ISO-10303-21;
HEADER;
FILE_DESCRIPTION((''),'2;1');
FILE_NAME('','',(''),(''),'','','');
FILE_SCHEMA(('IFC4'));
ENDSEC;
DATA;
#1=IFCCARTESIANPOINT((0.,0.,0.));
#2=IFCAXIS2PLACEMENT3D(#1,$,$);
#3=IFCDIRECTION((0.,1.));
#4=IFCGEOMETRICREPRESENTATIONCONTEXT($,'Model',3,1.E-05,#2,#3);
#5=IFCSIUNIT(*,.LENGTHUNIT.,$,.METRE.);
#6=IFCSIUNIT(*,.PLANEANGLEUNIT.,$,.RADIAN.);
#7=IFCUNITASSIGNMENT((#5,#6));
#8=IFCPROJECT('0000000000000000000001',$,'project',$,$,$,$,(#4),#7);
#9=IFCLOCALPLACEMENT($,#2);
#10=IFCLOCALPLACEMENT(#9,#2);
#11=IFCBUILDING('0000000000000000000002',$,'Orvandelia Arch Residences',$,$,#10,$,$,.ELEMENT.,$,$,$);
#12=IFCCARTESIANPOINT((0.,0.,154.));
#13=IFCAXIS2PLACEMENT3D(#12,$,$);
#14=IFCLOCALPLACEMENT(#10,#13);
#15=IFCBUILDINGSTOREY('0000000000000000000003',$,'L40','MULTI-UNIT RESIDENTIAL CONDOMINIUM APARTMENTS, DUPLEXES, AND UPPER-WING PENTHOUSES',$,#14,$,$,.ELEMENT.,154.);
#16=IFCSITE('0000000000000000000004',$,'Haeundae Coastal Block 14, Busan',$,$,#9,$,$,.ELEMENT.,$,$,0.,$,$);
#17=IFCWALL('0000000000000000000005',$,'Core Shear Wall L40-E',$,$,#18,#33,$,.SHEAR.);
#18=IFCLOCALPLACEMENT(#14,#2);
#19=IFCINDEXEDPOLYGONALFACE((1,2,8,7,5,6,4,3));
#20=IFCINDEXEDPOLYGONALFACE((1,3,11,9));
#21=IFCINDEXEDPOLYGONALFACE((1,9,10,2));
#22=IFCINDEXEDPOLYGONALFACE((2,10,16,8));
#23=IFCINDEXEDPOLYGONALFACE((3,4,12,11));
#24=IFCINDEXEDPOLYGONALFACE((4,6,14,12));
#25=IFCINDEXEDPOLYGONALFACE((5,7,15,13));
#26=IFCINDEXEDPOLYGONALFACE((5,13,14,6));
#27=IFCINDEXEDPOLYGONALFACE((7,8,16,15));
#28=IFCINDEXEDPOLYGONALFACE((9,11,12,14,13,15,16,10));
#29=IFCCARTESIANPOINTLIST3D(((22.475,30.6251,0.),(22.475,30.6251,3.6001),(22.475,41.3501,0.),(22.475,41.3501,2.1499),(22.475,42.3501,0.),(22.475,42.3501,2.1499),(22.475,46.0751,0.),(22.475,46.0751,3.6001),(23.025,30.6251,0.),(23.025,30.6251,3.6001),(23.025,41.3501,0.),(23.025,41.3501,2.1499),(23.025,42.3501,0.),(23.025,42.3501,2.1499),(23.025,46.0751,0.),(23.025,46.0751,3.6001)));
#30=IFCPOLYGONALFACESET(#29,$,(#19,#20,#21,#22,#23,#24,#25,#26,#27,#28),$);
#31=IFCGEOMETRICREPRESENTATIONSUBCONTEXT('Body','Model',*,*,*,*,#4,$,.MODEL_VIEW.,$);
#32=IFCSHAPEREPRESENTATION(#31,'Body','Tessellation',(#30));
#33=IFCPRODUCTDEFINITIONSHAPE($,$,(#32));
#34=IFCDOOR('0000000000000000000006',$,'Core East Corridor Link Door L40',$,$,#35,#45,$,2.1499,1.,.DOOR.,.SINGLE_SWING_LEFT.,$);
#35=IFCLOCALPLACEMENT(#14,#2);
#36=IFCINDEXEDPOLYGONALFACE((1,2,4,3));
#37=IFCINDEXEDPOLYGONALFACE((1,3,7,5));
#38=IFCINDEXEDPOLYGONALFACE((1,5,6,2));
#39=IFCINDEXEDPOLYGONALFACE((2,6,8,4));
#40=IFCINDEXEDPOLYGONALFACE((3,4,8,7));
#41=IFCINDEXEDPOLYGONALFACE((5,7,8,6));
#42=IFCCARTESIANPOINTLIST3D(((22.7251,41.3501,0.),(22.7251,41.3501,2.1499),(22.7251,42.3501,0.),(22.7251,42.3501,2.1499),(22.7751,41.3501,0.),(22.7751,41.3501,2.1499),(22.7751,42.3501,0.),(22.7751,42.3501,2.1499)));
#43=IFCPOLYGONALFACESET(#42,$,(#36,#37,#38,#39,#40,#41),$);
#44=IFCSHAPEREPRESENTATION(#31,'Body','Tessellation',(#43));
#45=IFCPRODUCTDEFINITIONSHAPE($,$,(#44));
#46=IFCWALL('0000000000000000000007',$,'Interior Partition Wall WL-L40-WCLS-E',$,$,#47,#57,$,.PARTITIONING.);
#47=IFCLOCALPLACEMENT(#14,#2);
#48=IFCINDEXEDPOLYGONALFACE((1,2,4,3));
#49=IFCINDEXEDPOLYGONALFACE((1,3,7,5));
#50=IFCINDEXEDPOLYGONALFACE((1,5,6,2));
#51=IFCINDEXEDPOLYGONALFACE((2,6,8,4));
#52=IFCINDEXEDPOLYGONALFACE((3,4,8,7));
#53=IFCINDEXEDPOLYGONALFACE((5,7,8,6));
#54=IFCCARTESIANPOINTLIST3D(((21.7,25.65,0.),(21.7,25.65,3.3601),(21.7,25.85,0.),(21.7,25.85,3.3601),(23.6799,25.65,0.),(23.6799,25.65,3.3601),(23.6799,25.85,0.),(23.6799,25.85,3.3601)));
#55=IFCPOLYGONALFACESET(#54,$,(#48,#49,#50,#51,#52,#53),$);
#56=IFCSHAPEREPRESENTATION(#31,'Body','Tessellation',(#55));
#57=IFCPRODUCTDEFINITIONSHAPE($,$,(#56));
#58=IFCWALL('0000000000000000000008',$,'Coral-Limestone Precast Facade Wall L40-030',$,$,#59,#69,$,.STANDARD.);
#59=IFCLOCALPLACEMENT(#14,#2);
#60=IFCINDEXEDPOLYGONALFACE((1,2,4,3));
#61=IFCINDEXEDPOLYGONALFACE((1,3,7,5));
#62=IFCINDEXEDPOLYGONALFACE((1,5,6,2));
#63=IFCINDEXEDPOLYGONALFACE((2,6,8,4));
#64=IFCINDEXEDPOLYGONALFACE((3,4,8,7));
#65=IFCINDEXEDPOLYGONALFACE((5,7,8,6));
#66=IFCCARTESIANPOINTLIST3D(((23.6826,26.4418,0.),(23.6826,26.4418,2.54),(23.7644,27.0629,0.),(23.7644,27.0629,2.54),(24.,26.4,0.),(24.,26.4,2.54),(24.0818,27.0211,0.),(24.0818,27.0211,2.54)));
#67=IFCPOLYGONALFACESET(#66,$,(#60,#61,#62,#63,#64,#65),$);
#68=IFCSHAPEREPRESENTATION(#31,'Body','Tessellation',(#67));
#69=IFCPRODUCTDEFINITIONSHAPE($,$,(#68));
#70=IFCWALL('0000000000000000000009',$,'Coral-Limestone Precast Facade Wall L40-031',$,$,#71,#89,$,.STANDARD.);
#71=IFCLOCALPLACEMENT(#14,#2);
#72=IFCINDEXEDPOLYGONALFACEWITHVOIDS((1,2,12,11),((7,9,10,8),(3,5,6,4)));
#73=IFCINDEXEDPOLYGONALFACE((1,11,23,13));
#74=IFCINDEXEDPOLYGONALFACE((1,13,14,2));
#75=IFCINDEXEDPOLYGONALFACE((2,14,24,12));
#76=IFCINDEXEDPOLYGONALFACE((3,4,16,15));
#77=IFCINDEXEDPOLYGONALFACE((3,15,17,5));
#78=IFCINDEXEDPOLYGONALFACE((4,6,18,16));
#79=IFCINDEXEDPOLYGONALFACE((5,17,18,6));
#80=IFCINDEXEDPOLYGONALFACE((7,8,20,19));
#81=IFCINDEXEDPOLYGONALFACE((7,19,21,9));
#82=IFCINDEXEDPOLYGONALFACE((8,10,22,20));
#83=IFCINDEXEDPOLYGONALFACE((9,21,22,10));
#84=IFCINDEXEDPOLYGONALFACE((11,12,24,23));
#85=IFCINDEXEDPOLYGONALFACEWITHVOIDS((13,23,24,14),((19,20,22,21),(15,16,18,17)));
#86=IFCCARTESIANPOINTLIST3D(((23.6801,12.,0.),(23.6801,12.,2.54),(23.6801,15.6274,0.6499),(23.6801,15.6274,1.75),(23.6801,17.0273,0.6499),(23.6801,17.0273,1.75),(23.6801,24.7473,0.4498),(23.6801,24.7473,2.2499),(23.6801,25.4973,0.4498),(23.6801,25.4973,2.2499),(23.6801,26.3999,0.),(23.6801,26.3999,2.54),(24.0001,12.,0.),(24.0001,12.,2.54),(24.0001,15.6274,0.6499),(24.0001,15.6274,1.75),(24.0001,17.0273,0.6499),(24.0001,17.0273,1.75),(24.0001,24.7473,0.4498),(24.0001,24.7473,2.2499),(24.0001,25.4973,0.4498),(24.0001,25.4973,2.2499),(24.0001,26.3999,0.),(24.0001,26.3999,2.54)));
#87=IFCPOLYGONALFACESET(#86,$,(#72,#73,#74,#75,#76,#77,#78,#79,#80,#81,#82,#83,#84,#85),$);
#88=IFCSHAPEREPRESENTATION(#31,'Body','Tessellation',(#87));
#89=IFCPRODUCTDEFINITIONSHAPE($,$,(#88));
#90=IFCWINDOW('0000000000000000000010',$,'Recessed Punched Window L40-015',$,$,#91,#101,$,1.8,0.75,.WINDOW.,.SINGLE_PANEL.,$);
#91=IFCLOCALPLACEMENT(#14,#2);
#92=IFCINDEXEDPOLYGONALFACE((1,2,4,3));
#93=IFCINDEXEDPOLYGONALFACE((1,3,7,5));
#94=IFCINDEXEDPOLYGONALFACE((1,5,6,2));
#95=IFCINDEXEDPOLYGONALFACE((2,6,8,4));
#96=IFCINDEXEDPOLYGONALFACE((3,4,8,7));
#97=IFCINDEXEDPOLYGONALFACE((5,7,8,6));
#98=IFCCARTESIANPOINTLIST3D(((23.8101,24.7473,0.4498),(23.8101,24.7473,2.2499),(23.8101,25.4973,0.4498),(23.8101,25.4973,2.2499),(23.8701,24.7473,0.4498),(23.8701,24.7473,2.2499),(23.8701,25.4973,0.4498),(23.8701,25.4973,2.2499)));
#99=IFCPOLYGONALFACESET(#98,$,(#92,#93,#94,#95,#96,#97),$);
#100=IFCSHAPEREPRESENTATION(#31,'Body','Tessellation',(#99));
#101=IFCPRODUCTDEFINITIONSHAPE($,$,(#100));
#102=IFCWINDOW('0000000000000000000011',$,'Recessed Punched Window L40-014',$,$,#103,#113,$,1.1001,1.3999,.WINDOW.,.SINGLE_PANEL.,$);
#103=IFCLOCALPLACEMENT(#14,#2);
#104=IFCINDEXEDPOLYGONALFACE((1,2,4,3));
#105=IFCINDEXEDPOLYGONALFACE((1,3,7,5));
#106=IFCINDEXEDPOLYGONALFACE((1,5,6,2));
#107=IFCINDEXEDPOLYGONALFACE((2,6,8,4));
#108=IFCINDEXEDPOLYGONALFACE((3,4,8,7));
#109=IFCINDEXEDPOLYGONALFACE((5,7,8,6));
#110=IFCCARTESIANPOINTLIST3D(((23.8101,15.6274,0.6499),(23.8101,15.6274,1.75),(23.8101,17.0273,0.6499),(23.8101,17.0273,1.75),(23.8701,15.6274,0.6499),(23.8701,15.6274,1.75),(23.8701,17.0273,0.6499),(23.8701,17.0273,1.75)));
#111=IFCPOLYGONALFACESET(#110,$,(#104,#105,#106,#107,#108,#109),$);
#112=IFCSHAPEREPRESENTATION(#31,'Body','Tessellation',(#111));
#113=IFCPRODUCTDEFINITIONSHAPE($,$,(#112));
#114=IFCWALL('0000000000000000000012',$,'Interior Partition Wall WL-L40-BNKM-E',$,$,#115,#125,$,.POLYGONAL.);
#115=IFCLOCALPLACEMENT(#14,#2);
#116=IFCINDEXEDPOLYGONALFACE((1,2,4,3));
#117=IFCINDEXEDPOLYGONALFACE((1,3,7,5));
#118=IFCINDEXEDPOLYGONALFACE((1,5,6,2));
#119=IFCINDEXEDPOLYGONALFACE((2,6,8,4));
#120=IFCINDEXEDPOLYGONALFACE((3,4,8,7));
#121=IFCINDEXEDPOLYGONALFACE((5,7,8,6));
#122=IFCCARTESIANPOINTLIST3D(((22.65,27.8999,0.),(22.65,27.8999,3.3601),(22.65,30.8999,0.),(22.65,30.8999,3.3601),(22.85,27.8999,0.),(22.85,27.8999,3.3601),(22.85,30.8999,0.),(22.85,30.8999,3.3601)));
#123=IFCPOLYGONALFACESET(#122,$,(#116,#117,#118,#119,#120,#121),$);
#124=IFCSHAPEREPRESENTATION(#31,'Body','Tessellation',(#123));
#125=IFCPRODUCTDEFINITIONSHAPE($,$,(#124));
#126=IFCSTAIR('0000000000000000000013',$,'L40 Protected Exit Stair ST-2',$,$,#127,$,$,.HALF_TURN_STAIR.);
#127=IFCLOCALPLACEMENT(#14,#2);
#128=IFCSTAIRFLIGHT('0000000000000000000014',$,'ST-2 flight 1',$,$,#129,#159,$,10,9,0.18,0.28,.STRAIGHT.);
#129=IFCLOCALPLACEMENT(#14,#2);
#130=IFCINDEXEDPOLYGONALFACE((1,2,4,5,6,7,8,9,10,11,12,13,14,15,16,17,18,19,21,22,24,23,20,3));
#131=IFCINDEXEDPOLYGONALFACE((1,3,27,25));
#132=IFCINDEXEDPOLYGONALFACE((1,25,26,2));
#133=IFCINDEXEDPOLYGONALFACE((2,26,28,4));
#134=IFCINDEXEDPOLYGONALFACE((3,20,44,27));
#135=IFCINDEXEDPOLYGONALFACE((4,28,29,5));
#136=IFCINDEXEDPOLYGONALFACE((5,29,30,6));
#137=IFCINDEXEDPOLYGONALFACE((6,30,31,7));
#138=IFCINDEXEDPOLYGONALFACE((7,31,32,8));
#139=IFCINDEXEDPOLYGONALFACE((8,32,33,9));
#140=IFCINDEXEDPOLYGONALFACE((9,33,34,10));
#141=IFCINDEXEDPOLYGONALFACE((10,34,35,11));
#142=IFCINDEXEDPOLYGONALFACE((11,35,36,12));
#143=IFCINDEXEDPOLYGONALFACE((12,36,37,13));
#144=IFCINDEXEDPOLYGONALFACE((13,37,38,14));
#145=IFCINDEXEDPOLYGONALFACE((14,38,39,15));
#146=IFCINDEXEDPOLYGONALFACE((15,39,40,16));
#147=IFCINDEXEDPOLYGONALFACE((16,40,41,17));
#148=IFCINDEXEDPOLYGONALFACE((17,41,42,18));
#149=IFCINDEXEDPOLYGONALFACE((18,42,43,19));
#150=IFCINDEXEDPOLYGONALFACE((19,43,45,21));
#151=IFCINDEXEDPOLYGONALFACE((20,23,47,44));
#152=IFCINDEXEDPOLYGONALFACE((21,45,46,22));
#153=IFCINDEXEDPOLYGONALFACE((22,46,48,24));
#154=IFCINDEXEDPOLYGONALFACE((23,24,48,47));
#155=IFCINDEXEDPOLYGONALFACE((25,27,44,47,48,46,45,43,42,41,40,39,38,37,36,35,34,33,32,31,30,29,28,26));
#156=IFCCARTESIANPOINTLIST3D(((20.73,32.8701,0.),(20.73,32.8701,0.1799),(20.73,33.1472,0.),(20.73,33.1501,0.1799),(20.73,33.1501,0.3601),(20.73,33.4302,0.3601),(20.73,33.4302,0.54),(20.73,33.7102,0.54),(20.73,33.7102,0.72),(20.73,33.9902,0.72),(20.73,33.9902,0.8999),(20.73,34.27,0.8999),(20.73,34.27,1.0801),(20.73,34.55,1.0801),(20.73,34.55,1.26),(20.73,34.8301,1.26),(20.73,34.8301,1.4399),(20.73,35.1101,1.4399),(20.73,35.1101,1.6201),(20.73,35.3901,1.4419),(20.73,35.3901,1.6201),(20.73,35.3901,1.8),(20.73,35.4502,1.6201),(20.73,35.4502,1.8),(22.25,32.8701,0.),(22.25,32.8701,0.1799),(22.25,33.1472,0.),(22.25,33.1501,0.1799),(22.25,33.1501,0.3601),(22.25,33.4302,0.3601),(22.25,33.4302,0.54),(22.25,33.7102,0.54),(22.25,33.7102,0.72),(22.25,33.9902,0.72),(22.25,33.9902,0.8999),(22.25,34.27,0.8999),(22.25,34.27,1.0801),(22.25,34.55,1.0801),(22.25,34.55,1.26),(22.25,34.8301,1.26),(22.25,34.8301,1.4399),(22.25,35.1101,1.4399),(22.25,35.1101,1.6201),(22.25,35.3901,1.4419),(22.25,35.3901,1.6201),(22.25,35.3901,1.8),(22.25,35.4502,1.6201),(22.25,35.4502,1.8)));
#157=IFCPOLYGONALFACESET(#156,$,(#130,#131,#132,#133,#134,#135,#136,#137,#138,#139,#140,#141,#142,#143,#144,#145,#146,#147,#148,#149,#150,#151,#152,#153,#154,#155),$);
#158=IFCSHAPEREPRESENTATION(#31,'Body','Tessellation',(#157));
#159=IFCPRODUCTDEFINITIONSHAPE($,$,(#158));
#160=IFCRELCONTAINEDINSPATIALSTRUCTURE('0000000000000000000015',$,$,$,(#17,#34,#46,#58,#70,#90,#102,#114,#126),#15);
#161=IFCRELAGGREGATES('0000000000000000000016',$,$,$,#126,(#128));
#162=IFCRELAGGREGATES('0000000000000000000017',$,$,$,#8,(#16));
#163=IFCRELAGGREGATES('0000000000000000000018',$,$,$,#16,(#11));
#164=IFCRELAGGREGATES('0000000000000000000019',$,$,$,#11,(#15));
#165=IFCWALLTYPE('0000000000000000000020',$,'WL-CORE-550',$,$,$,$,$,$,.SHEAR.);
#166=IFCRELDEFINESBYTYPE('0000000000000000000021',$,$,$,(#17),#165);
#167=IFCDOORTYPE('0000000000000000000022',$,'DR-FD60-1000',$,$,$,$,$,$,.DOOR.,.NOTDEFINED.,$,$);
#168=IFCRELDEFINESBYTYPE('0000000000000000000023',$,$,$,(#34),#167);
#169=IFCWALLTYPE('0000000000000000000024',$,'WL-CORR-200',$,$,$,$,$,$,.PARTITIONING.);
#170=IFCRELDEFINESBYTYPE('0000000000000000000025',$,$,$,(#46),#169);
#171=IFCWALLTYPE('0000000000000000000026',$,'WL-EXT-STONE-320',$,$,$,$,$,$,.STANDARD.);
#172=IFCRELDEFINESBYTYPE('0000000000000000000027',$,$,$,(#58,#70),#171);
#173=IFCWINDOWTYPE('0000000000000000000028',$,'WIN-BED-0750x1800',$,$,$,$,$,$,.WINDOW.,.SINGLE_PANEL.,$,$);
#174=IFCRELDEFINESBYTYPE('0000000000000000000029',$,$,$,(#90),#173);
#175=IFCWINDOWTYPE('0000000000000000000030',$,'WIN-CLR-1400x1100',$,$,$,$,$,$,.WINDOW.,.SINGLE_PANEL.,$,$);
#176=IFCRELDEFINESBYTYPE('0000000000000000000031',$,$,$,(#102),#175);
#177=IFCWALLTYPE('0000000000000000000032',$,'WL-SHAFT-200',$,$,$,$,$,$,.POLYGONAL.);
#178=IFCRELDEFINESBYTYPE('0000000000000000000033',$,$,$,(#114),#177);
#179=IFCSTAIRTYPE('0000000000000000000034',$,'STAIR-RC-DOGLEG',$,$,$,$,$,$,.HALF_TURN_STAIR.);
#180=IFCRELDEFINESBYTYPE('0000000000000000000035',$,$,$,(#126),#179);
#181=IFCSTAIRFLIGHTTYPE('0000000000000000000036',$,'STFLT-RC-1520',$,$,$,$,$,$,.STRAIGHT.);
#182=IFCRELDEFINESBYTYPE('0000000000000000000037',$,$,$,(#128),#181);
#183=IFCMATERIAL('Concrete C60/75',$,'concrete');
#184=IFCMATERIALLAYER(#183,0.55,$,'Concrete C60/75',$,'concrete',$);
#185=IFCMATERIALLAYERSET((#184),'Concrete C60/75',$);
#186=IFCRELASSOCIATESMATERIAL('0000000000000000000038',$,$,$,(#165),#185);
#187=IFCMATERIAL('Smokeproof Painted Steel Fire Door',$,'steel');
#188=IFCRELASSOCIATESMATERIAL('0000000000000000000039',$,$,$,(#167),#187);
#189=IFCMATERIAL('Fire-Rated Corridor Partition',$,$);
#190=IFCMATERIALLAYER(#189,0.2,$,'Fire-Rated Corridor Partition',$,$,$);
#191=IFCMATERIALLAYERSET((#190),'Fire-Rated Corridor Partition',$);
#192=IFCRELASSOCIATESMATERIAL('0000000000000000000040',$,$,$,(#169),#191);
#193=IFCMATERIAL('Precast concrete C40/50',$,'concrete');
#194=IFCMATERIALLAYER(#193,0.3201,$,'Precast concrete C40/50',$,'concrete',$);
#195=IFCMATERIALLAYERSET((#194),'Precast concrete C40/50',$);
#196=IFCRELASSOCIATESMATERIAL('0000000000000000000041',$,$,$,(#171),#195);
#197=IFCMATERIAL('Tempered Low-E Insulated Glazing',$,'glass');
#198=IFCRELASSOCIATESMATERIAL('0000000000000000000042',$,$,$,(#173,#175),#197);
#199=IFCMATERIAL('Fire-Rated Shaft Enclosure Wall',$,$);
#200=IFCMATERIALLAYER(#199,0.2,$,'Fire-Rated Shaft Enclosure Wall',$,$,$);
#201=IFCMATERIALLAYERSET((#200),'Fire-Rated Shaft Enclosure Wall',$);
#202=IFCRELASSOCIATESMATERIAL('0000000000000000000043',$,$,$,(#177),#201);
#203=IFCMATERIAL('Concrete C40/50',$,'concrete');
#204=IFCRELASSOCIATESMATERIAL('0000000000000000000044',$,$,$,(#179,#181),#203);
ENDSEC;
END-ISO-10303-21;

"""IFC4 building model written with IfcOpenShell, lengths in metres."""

from ifc_helpers import new_model, si_unit, direction, frame, frame_2d, origin, place, context, subcontext, project, spatial, polyline, rectangle, outline, extrude, material, layer, layer_set, type_object, element, fill, aggregate, save


model = new_model("IFC4")

# Units and contexts
model_context = context("Model", 3, precision=1e-05, world=origin(), true_north=direction((0.0, 1.0)))
body_context = subcontext(model_context, "Body", "Model", "MODEL_VIEW")
ifc_project = project(units=[si_unit("LENGTHUNIT", "METRE"), si_unit("PLANEANGLEUNIT", "RADIAN")], contexts=[model_context])

# Site, building, storey
site_placement = place(None, origin())
site = spatial("IfcSite", under=ifc_project, at=site_placement, Name="Haeundae Coastal Block 14, Busan", CompositionType="ELEMENT", RefElevation=0.0)
building_placement = place(site_placement, origin())
building = spatial("IfcBuilding", under=site, at=building_placement, Name="Orvandelia Arch Residences", CompositionType="ELEMENT")
storey_placement = place(building_placement, frame((0.0, 0.0, 154.0)))
storey = spatial("IfcBuildingStorey", under=building, at=storey_placement, Name="L40", Description="MULTI-UNIT RESIDENTIAL CONDOMINIUM APARTMENTS, DUPLEXES, AND UPPER-WING PENTHOUSES", CompositionType="ELEMENT", Elevation=154.0)

# Shared definitions
ifc_material_1 = material(Name="Concrete C60/75", Category="concrete")

# Wall, opening, door
ifc_layer_1 = layer(ifc_material_1, 0.55, Name="Concrete C60/75", Category="concrete")
ifc_layer_set_1 = layer_set([ifc_layer_1], Name="Concrete C60/75")
wall_type_1 = type_object("IfcWallType", Name="WL-CORE-550", PredefinedType="SHEAR", material=ifc_layer_set_1)
wall_1_placement = place(storey_placement, frame((22.75, 30.625, 0.0), z_axis=(0.0, 0.0, 1.0), x_axis=(0.0, 1.0, 0.0)))
wall_1 = element("IfcWall", 1, at=wall_1_placement, inside=storey, type_object=wall_type_1, Name="Core Shear Wall L40-E", PredefinedType="SHEAR", context=body_context, shape_type="SweptSolid", body=[
    extrude(rectangle(XDim=15.45, YDim=0.55, at=frame_2d((7.7251, 0.0))), origin(), (0.0, 0.0, 1.0), 3.6001),
])
opening_1_placement = place(wall_1_placement, frame((10.7251, 0.0, 0.0)))
opening_1 = element("IfcOpeningElement", 2, at=opening_1_placement, cuts=wall_1, PredefinedType="OPENING", context=body_context, shape_type="SweptSolid", body=[
    extrude(rectangle(XDim=1.0, YDim=2.1499, at=frame_2d((0.5, 1.075))), frame((0.0, 0.2852, 0.0), z_axis=(0.0, -1.0, 0.0), x_axis=(1.0, 0.0, 0.0)), (0.0, 0.0, 1.0), 0.5701),
])
ifc_material_2 = material(Name="Smokeproof Painted Steel Fire Door", Category="steel")
door_type = type_object("IfcDoorType", Name="DR-FD60-1000", OperationType="NOTDEFINED", PredefinedType="DOOR", material=ifc_material_2)
door_placement = place(opening_1_placement, origin())
door = element("IfcDoor", 3, at=door_placement, inside=storey, type_object=door_type, Name="Core East Corridor Link Door L40", OperationType="SINGLE_SWING_LEFT", OverallHeight=2.1499, OverallWidth=1.0, PredefinedType="DOOR", context=body_context, shape_type="SweptSolid", body=[
    extrude(rectangle(XDim=1.0, YDim=2.1499, at=frame_2d((0.5, 1.075))), frame((0.0, 0.0249, 0.0), z_axis=(0.0, -1.0, 0.0), x_axis=(1.0, 0.0, 0.0)), (0.0, 0.0, 1.0), 0.05),
])
fill(opening_1, door)

# Walls
ifc_material_3 = material(Name="Fire-Rated Corridor Partition")
ifc_layer_2 = layer(ifc_material_3, 0.2, Name="Fire-Rated Corridor Partition")
ifc_layer_set_2 = layer_set([ifc_layer_2], Name="Fire-Rated Corridor Partition")
wall_type_2 = type_object("IfcWallType", Name="WL-CORR-200", PredefinedType="PARTITIONING", material=ifc_layer_set_2)
wall_2_placement = place(storey_placement, frame((21.7, 25.75, 0.0), z_axis=(0.0, 0.0, 1.0), x_axis=(1.0, 0.0, 0.0)))
element("IfcWall", 4, at=wall_2_placement, inside=storey, type_object=wall_type_2, Name="Interior Partition Wall WL-L40-WCLS-E", PredefinedType="PARTITIONING", context=body_context, shape_type="SweptSolid", body=[
    extrude(rectangle(XDim=1.98, YDim=0.2, at=frame_2d((0.99, 0.0))), origin(), (0.0, 0.0, 1.0), 3.3601),
])
ifc_material_4 = material(Name="Precast concrete C40/50", Category="concrete")
ifc_layer_3 = layer(ifc_material_4, 0.3201, Name="Precast concrete C40/50", Category="concrete")
ifc_layer_set_3 = layer_set([ifc_layer_3], Name="Precast concrete C40/50")
wall_type_3 = type_object("IfcWallType", Name="WL-EXT-STONE-320", PredefinedType="STANDARD", material=ifc_layer_set_3)
wall_3_placement = place(storey_placement, frame((23.9231, 27.042, 0.0), z_axis=(0.0, 0.0, 1.0), x_axis=(-0.130555, -0.991441, 0.0)))
element("IfcWall", 5, at=wall_3_placement, inside=storey, type_object=wall_type_3, Name="Coral-Limestone Precast Facade Wall L40-030", PredefinedType="STANDARD", context=body_context, shape_type="SweptSolid", body=[
    extrude(rectangle(XDim=0.6265, YDim=0.3201, at=frame_2d((0.3132, 0.0))), origin(), (0.0, 0.0, 1.0), 2.54),
])

# Wall, openings, windows
wall_4_placement = place(storey_placement, frame((23.8401, 26.3999, 0.0), z_axis=(0.0, 0.0, 1.0), x_axis=(0.0, -1.0, 0.0)))
wall_4 = element("IfcWall", 6, at=wall_4_placement, inside=storey, type_object=wall_type_3, Name="Coral-Limestone Precast Facade Wall L40-031", PredefinedType="STANDARD", context=body_context, shape_type="SweptSolid", body=[
    extrude(rectangle(XDim=14.3999, YDim=0.3201, at=frame_2d((7.2, 0.0))), origin(), (0.0, 0.0, 1.0), 2.54),
])
opening_2_placement = place(wall_4_placement, frame((9.3726, 0.0, 0.6499)))
opening_2 = element("IfcOpeningElement", 7, at=opening_2_placement, cuts=wall_4, PredefinedType="OPENING", context=body_context, shape_type="SweptSolid", body=[
    extrude(rectangle(XDim=1.3999, YDim=1.1001, at=frame_2d((0.7, 0.55))), frame((0.0, 0.1699, 0.0), z_axis=(0.0, -1.0, 0.0), x_axis=(1.0, 0.0, 0.0)), (0.0, 0.0, 1.0), 0.3401),
])
opening_3_placement = place(wall_4_placement, frame((0.9026, 0.0, 0.45)))
opening_3 = element("IfcOpeningElement", 8, at=opening_3_placement, cuts=wall_4, PredefinedType="OPENING", context=body_context, shape_type="SweptSolid", body=[
    extrude(rectangle(XDim=0.75, YDim=1.8, at=frame_2d((0.375, 0.8999))), frame((0.0, 0.1699, 0.0), z_axis=(0.0, -1.0, 0.0), x_axis=(1.0, 0.0, 0.0)), (0.0, 0.0, 1.0), 0.3401),
])
ifc_material_5 = material(Name="Tempered Low-E Insulated Glazing", Category="glass")
window_type_1 = type_object("IfcWindowType", Name="WIN-BED-0750x1800", PartitioningType="SINGLE_PANEL", PredefinedType="WINDOW", material=ifc_material_5)
window_1_placement = place(opening_3_placement, origin())
window_1 = element("IfcWindow", 9, at=window_1_placement, inside=storey, type_object=window_type_1, Name="Recessed Punched Window L40-015", OverallHeight=1.8, OverallWidth=0.75, PartitioningType="SINGLE_PANEL", PredefinedType="WINDOW", context=body_context, shape_type="SweptSolid", body=[
    extrude(rectangle(XDim=0.75, YDim=1.8, at=frame_2d((0.375, 0.8999))), frame((0.0, 0.03, 0.0), z_axis=(0.0, -1.0, 0.0), x_axis=(1.0, 0.0, 0.0)), (0.0, 0.0, 1.0), 0.0601),
])
fill(opening_3, window_1)
window_type_2 = type_object("IfcWindowType", Name="WIN-CLR-1400x1100", PartitioningType="SINGLE_PANEL", PredefinedType="WINDOW", material=ifc_material_5)
window_2_placement = place(opening_2_placement, origin())
window_2 = element("IfcWindow", 10, at=window_2_placement, inside=storey, type_object=window_type_2, Name="Recessed Punched Window L40-014", OverallHeight=1.1001, OverallWidth=1.3999, PartitioningType="SINGLE_PANEL", PredefinedType="WINDOW", context=body_context, shape_type="SweptSolid", body=[
    extrude(rectangle(XDim=1.3999, YDim=1.1001, at=frame_2d((0.7, 0.55))), frame((0.0, 0.03, 0.0), z_axis=(0.0, -1.0, 0.0), x_axis=(1.0, 0.0, 0.0)), (0.0, 0.0, 1.0), 0.0601),
])
fill(opening_2, window_2)

# Wall
ifc_material_6 = material(Name="Fire-Rated Shaft Enclosure Wall")
ifc_layer_4 = layer(ifc_material_6, 0.2, Name="Fire-Rated Shaft Enclosure Wall")
ifc_layer_set_4 = layer_set([ifc_layer_4], Name="Fire-Rated Shaft Enclosure Wall")
wall_type_4 = type_object("IfcWallType", Name="WL-SHAFT-200", PredefinedType="POLYGONAL", material=ifc_layer_set_4)
wall_5_placement = place(storey_placement, frame((22.75, 27.8999, 0.0), z_axis=(0.0, 0.0, 1.0), x_axis=(0.0, 1.0, 0.0)))
element("IfcWall", 11, at=wall_5_placement, inside=storey, type_object=wall_type_4, Name="Interior Partition Wall WL-L40-BNKM-E", PredefinedType="POLYGONAL", context=body_context, shape_type="SweptSolid", body=[
    extrude(rectangle(XDim=3.0, YDim=0.2, at=frame_2d((1.5, 0.0))), origin(), (0.0, 0.0, 1.0), 3.3601),
])

# Stair, stair flight
ifc_material_7 = material(Name="Concrete C40/50", Category="concrete")
stair_type = type_object("IfcStairType", Name="STAIR-RC-DOGLEG", PredefinedType="HALF_TURN_STAIR", material=ifc_material_7)
stair_placement = place(storey_placement, origin())
stair = element("IfcStair", 12, at=stair_placement, inside=storey, type_object=stair_type, Name="L40 Protected Exit Stair ST-2", PredefinedType="HALF_TURN_STAIR")
stair_flight_type = type_object("IfcStairFlightType", Name="STFLT-RC-1520", PredefinedType="STRAIGHT", material=ifc_material_7)
stair_flight_placement = place(storey_placement, frame((21.49, 32.8701, 0.0), z_axis=(0.0, 0.0, 1.0), x_axis=(0.0, 1.0, 0.0)))
stair_flight = element("IfcStairFlight", 13, at=stair_flight_placement, type_object=stair_flight_type, Name="ST-2 flight 1", NumberOfRisers=10, NumberOfTreads=9, PredefinedType="STRAIGHT", RiserHeight=0.18, TreadLength=0.28, context=body_context, shape_type="SweptSolid", body=[
    extrude(outline(polyline([(0.0, 0.0), (0.0, 0.1799), (0.28, 0.1799), (0.28, 0.3601), (0.5601, 0.3601), (0.5601, 0.54), (0.8401, 0.54), (0.8401, 0.72), (1.1201, 0.72), (1.1201, 0.8999), (1.3999, 0.8999), (1.3999, 1.0801), (1.6799, 1.0801), (1.6799, 1.26), (1.96, 1.26), (1.96, 1.4399), (2.24, 1.4399), (2.24, 1.6201), (2.52, 1.6201), (2.52, 1.8), (2.5801, 1.8), (2.5801, 1.6201), (2.52, 1.4419), (0.2771, 0.0), (0.0, 0.0)])), frame((0.0, 0.76, 0.0), z_axis=(0.0, -1.0, 0.0), x_axis=(1.0, 0.0, 0.0)), (0.0, 0.0, 1.0), 1.52),
])
aggregate(stair, [stair_flight])

save(model, "model.ifc")
